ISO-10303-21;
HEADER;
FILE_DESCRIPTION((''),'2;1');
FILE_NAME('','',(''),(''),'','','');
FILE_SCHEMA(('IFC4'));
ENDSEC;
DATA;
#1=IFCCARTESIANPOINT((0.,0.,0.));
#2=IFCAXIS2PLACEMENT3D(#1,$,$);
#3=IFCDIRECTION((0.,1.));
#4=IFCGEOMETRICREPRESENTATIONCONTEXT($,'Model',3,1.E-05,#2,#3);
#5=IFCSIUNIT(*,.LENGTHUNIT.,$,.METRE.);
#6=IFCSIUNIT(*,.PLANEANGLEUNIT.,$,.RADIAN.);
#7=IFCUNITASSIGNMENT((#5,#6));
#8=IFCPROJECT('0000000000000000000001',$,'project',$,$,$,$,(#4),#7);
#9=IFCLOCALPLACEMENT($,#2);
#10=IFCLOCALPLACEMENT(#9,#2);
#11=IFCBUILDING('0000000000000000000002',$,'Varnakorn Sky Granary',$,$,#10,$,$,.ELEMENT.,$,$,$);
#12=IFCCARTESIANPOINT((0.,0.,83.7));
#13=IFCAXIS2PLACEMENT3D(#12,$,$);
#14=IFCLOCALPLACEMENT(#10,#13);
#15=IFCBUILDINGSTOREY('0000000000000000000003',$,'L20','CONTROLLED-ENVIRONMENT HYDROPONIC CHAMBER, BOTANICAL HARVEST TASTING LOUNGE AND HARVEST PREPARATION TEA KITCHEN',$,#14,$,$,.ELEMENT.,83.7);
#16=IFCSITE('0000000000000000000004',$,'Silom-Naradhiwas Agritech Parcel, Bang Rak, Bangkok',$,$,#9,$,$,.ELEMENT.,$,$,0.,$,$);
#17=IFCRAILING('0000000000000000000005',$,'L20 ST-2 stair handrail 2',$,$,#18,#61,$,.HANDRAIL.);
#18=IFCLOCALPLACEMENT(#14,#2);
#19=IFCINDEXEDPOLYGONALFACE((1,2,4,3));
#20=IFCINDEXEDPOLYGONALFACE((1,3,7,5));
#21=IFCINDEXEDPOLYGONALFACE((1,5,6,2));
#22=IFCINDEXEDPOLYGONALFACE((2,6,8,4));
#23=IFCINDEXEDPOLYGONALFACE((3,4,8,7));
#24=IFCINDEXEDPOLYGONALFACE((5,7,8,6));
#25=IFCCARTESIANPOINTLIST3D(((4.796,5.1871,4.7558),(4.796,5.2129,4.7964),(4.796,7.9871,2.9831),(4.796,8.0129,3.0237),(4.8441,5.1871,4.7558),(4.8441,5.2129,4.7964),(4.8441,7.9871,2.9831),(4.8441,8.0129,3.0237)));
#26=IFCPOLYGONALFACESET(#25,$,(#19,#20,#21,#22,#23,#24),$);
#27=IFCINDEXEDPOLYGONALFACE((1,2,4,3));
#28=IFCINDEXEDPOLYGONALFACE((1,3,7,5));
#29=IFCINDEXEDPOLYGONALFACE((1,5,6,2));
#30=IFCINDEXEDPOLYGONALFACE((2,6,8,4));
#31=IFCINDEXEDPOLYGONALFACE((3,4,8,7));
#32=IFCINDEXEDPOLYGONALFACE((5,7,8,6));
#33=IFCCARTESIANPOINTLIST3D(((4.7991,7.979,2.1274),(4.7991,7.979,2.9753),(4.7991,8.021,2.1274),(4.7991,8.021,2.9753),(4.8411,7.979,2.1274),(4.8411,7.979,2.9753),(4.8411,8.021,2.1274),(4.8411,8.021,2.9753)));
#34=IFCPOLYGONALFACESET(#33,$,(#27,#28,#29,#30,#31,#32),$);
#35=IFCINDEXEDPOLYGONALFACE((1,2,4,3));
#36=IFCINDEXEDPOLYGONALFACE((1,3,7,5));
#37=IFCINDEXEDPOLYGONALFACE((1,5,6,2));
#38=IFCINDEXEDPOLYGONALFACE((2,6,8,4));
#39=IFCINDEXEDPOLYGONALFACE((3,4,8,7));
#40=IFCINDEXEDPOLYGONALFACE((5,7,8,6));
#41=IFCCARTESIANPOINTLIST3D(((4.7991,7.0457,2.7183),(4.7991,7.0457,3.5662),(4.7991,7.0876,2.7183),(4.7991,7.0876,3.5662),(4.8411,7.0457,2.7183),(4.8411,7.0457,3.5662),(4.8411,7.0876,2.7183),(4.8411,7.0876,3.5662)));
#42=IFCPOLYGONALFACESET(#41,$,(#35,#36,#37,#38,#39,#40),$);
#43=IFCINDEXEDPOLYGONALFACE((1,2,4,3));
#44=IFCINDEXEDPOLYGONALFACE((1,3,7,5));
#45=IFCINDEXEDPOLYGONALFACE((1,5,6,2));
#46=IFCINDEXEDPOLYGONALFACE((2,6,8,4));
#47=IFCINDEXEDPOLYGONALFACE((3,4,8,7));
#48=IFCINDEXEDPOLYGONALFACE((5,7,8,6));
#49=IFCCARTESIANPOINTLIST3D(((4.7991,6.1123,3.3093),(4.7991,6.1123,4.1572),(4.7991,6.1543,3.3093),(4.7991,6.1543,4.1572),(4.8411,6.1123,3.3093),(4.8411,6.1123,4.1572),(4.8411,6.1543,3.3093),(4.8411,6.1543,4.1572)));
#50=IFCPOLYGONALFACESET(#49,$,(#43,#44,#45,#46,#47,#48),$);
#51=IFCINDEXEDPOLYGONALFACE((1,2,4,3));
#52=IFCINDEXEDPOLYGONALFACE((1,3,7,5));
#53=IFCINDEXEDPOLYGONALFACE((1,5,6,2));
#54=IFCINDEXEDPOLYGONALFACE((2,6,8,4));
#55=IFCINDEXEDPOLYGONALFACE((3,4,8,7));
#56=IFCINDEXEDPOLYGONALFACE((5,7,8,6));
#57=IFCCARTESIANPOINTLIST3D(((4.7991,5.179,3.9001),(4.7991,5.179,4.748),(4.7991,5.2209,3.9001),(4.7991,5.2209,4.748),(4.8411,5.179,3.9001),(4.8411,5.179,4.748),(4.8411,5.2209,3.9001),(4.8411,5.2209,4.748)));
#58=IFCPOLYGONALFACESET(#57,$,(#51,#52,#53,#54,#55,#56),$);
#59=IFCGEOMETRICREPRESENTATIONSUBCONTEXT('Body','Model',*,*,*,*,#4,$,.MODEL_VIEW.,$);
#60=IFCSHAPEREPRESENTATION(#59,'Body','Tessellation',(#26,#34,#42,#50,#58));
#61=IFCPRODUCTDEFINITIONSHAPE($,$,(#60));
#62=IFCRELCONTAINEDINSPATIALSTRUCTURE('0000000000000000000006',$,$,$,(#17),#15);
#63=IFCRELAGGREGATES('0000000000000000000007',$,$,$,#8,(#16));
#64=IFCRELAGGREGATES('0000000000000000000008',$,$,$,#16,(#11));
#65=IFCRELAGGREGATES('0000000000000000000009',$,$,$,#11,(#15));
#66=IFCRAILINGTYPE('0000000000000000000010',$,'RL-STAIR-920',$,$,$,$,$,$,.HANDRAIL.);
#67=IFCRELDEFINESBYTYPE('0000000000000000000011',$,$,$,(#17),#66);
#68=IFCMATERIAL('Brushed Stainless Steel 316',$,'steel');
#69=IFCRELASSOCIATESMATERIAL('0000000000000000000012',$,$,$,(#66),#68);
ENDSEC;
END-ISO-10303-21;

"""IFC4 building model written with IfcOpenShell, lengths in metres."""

from ifc_helpers import new_model, si_unit, direction, frame, origin, origin_2d, place, context, subcontext, project, spatial, rectangle, extrude, material, type_object, element, save


model = new_model("IFC4")

# Units and contexts
model_context = context("Model", 3, precision=1e-05, world=origin(), true_north=direction((0.0, 1.0)))
body_context = subcontext(model_context, "Body", "Model", "MODEL_VIEW")
ifc_project = project(units=[si_unit("LENGTHUNIT", "METRE"), si_unit("PLANEANGLEUNIT", "RADIAN")], contexts=[model_context])

# Site, building, storey
site_placement = place(None, origin())
site = spatial("IfcSite", under=ifc_project, at=site_placement, Name="Silom-Naradhiwas Agritech Parcel, Bang Rak, Bangkok", CompositionType="ELEMENT", RefElevation=0.0)
building_placement = place(site_placement, origin())
building = spatial("IfcBuilding", under=site, at=building_placement, Name="Varnakorn Sky Granary", CompositionType="ELEMENT")
storey_placement = place(building_placement, frame((0.0, 0.0, 83.7)))
storey = spatial("IfcBuildingStorey", under=building, at=storey_placement, Name="L20", Description="CONTROLLED-ENVIRONMENT HYDROPONIC CHAMBER, BOTANICAL HARVEST TASTING LOUNGE AND HARVEST PREPARATION TEA KITCHEN", CompositionType="ELEMENT", Elevation=83.7)

# Railing
ifc_material_1 = material(Name="Brushed Stainless Steel 316", Category="steel")
railing_type_1 = type_object("IfcRailingType", Name="RL-STAIR-920", PredefinedType="HANDRAIL", material=ifc_material_1)
railing_1_placement = place(storey_placement, frame((4.8201, 8.0, 2.1274)))
element("IfcRailing", 1, at=railing_1_placement, inside=storey, type_object=railing_type_1, Name="L20 ST-2 stair handrail 2", PredefinedType="HANDRAIL", context=body_context, shape_type="SweptSolid", body=[
    extrude(rectangle(XDim=0.0481, YDim=0.0481, at=origin_2d()), frame((0.0, 0.0, 0.876), z_axis=(0.0, -0.844909, 0.53491), x_axis=(1.0, 0.0, 0.0)), (0.0, 0.0, 1.0), 3.314),
    extrude(rectangle(XDim=0.042, YDim=0.042, at=origin_2d()), origin(), (0.0, 0.0, 1.0), 0.8479),
    extrude(rectangle(XDim=0.042, YDim=0.042, at=origin_2d()), frame((0.0, -0.9333, 0.5908)), (0.0, 0.0, 1.0), 0.8479),
    extrude(rectangle(XDim=0.042, YDim=0.042, at=origin_2d()), frame((0.0, -1.8667, 1.1819)), (0.0, 0.0, 1.0), 0.8479),
    extrude(rectangle(XDim=0.042, YDim=0.042, at=origin_2d()), frame((0.0, -2.8, 1.7727)), (0.0, 0.0, 1.0), 0.8479),
])

save(model, "model.ifc")
